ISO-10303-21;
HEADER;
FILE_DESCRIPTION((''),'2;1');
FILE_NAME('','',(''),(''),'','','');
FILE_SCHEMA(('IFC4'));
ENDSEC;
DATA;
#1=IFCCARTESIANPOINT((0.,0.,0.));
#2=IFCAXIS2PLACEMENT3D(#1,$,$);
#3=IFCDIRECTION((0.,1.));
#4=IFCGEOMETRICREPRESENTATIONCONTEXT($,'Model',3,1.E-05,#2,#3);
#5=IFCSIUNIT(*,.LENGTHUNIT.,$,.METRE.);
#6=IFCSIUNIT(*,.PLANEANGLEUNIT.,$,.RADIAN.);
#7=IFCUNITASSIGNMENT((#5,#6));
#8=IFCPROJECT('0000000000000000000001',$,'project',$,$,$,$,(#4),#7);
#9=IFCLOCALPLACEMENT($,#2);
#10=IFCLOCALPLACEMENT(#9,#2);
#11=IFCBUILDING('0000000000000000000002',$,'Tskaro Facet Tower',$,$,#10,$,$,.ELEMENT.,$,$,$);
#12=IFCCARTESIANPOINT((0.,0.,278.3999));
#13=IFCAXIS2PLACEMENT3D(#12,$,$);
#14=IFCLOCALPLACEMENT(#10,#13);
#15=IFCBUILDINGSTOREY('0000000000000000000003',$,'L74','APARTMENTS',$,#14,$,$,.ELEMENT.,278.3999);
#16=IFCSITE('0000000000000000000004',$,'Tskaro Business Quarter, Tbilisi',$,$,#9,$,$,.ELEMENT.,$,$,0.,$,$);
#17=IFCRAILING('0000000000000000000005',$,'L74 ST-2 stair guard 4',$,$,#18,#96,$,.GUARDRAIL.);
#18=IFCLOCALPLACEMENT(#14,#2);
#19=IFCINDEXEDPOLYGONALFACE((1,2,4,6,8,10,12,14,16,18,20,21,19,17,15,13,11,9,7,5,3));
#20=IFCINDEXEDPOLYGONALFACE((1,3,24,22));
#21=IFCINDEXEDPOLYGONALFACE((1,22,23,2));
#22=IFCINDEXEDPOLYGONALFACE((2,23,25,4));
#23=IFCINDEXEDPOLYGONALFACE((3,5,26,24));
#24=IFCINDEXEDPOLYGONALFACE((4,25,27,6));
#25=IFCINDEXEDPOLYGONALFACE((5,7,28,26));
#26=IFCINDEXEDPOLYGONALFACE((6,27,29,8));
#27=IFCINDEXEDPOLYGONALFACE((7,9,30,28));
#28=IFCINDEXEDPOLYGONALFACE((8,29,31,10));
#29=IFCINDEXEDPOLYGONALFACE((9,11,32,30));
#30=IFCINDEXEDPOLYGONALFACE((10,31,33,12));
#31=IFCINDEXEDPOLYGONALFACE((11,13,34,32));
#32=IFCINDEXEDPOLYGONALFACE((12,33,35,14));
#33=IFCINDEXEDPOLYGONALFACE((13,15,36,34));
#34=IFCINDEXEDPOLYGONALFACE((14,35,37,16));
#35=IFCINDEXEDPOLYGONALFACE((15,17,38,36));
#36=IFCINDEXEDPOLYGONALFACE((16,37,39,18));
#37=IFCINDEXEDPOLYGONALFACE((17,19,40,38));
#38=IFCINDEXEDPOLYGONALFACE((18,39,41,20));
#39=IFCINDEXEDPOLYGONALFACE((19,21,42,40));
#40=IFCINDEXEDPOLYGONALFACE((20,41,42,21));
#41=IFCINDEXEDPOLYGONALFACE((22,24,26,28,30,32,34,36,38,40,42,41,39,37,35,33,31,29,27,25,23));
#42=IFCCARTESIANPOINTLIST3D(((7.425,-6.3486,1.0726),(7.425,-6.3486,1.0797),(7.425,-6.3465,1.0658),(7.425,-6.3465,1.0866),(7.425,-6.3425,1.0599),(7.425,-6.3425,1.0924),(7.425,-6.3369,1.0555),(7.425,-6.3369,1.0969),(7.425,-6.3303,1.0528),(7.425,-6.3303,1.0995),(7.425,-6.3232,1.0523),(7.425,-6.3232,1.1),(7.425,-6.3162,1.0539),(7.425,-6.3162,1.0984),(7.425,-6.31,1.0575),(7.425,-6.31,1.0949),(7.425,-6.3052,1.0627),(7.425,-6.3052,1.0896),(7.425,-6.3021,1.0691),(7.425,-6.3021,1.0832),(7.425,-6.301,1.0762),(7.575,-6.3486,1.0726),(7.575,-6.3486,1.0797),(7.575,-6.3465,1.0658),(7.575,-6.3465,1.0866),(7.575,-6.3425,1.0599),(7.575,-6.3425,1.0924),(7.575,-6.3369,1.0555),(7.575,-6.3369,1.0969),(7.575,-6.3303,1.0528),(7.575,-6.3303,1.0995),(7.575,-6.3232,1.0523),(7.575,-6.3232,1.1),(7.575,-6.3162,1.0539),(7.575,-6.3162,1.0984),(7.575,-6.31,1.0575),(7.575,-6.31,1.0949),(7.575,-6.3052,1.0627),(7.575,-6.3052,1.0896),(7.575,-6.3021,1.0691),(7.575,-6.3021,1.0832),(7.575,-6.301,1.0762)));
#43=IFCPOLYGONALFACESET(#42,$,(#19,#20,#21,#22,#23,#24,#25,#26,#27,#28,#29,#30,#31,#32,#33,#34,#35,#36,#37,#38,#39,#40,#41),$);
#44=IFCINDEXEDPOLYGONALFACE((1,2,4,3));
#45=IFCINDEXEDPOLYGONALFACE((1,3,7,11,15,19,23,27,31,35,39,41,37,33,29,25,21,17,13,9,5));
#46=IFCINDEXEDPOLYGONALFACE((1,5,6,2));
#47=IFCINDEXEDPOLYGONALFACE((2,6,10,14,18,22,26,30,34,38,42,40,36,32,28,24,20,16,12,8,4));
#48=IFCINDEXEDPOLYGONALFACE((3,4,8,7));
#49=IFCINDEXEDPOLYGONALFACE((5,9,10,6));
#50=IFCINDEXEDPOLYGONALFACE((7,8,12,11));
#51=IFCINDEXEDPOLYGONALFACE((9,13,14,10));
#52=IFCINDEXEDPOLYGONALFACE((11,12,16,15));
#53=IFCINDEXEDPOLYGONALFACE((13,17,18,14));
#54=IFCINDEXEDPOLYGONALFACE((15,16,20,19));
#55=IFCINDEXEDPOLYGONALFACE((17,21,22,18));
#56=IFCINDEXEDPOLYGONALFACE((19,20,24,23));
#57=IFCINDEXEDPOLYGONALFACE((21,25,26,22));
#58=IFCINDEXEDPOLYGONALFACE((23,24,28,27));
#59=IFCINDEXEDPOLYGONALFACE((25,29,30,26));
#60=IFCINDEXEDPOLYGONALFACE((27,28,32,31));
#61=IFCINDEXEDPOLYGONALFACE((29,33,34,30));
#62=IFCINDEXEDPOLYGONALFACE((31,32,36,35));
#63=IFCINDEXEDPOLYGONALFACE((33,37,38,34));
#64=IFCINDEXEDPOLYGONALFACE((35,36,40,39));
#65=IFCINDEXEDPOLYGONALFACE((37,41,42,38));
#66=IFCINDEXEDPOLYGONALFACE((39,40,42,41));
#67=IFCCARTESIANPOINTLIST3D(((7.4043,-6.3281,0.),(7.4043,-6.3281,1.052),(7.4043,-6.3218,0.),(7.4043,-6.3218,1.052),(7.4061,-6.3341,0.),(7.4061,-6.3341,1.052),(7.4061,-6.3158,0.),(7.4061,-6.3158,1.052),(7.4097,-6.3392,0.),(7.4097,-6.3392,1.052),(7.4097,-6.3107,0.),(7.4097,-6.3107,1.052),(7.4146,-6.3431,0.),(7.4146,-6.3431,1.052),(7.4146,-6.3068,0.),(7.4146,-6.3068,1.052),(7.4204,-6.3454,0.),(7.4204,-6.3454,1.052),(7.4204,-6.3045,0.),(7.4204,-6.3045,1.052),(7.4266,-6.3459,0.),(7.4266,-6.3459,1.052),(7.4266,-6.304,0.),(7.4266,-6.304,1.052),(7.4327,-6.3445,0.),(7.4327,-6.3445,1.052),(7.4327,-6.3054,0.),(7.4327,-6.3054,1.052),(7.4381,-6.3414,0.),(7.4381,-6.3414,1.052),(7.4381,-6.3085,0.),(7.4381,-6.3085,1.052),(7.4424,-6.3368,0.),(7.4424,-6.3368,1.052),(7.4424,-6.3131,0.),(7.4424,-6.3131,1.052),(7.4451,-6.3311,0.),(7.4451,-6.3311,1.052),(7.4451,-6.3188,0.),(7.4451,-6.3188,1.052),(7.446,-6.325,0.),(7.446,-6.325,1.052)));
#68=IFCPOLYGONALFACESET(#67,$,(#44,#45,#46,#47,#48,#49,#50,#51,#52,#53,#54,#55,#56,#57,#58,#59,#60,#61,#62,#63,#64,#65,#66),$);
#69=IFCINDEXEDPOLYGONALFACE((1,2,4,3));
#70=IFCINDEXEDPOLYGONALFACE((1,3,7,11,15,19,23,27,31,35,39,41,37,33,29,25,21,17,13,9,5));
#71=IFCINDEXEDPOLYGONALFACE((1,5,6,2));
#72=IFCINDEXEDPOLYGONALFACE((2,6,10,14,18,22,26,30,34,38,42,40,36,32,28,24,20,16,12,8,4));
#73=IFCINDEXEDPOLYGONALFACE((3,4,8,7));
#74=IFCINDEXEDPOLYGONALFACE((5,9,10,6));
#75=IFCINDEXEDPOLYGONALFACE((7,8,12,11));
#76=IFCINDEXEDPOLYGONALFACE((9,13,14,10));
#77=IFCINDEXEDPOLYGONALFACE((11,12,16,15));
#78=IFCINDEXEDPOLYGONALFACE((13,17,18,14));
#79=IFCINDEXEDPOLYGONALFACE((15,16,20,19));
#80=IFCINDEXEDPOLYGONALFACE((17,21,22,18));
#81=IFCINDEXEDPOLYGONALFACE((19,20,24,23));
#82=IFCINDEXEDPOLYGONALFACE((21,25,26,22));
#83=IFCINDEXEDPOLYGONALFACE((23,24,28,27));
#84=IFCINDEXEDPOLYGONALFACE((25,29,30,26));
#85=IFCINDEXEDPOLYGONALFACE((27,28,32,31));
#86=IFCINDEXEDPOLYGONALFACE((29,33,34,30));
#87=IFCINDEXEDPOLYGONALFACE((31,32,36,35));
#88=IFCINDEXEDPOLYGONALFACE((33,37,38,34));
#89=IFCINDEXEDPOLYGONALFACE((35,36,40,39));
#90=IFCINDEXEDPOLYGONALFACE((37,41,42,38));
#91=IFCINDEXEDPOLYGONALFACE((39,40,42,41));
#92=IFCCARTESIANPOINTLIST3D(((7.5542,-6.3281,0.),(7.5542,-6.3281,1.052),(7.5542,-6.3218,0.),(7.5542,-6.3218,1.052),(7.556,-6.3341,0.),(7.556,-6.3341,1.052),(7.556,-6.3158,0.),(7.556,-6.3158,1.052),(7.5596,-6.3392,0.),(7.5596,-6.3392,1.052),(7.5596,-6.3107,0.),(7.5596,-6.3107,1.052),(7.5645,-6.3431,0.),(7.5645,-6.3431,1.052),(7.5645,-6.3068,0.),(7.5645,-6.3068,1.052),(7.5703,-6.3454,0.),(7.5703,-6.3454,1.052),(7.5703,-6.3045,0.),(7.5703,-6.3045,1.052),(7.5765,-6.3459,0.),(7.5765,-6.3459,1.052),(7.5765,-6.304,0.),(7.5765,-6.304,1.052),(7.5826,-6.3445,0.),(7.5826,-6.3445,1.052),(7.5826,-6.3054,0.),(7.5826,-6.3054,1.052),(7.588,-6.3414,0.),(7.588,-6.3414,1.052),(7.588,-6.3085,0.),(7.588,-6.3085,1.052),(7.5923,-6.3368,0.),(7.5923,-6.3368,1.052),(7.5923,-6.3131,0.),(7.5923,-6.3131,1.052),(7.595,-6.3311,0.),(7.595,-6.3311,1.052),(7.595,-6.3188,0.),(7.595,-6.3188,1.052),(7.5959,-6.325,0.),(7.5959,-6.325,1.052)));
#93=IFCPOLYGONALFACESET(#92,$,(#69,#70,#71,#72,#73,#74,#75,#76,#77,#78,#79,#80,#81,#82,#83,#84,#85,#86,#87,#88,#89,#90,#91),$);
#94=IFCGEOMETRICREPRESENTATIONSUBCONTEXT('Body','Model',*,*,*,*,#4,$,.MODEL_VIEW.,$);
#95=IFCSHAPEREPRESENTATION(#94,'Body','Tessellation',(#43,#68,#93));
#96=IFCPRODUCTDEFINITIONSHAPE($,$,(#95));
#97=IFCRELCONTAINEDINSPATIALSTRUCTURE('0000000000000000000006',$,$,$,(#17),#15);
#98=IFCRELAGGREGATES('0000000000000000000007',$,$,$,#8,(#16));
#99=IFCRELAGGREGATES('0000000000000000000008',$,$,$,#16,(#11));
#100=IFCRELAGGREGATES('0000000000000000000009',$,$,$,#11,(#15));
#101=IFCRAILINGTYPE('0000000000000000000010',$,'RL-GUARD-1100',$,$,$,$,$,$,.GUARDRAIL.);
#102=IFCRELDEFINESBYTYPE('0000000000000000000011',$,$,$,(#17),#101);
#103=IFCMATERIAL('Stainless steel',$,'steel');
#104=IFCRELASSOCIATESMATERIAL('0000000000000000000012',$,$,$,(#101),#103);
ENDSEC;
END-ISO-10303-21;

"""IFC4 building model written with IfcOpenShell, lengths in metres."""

from ifc_helpers import new_model, si_unit, direction, frame, origin, origin_2d, place, context, subcontext, project, spatial, circle, extrude, material, type_object, element, save


model = new_model("IFC4")

# Units and contexts
model_context = context("Model", 3, precision=1e-05, world=origin(), true_north=direction((0.0, 1.0)))
body_context = subcontext(model_context, "Body", "Model", "MODEL_VIEW")
ifc_project = project(units=[si_unit("LENGTHUNIT", "METRE"), si_unit("PLANEANGLEUNIT", "RADIAN")], contexts=[model_context])

# Site, building, storey
site_placement = place(None, origin())
site = spatial("IfcSite", under=ifc_project, at=site_placement, Name="Tskaro Business Quarter, Tbilisi", CompositionType="ELEMENT", RefElevation=0.0)
building_placement = place(site_placement, origin())
building = spatial("IfcBuilding", under=site, at=building_placement, Name="Tskaro Facet Tower", CompositionType="ELEMENT")
storey_placement = place(building_placement, frame((0.0, 0.0, 278.3999)))
storey = spatial("IfcBuildingStorey", under=building, at=storey_placement, Name="L74", Description="APARTMENTS", CompositionType="ELEMENT", Elevation=278.3999)

# Railing
ifc_material_1 = material(Name="Stainless steel", Category="steel")
railing_type_1 = type_object("IfcRailingType", Name="RL-GUARD-1100", PredefinedType="GUARDRAIL", material=ifc_material_1)
railing_1_placement = place(storey_placement, frame((7.425, -6.325, 0.0)))
element("IfcRailing", 1, at=railing_1_placement, inside=storey, type_object=railing_type_1, Name="L74 ST-2 stair guard 4", PredefinedType="GUARDRAIL", context=body_context, shape_type="SweptSolid", body=[
    extrude(circle(Radius=0.0239, at=origin_2d()), frame((0.0, 0.0, 1.0762), z_axis=(1.0, 0.0, 0.0), x_axis=(0.0, 1.0, 0.0)), (0.0, 0.0, 1.0), 0.1499),
    extrude(circle(Radius=0.021, at=origin_2d()), origin(), (0.0, 0.0, 1.0), 1.052),
    extrude(circle(Radius=0.021, at=origin_2d()), frame((0.1499, 0.0, 0.0)), (0.0, 0.0, 1.0), 1.052),
])

save(model, "model.ifc")
